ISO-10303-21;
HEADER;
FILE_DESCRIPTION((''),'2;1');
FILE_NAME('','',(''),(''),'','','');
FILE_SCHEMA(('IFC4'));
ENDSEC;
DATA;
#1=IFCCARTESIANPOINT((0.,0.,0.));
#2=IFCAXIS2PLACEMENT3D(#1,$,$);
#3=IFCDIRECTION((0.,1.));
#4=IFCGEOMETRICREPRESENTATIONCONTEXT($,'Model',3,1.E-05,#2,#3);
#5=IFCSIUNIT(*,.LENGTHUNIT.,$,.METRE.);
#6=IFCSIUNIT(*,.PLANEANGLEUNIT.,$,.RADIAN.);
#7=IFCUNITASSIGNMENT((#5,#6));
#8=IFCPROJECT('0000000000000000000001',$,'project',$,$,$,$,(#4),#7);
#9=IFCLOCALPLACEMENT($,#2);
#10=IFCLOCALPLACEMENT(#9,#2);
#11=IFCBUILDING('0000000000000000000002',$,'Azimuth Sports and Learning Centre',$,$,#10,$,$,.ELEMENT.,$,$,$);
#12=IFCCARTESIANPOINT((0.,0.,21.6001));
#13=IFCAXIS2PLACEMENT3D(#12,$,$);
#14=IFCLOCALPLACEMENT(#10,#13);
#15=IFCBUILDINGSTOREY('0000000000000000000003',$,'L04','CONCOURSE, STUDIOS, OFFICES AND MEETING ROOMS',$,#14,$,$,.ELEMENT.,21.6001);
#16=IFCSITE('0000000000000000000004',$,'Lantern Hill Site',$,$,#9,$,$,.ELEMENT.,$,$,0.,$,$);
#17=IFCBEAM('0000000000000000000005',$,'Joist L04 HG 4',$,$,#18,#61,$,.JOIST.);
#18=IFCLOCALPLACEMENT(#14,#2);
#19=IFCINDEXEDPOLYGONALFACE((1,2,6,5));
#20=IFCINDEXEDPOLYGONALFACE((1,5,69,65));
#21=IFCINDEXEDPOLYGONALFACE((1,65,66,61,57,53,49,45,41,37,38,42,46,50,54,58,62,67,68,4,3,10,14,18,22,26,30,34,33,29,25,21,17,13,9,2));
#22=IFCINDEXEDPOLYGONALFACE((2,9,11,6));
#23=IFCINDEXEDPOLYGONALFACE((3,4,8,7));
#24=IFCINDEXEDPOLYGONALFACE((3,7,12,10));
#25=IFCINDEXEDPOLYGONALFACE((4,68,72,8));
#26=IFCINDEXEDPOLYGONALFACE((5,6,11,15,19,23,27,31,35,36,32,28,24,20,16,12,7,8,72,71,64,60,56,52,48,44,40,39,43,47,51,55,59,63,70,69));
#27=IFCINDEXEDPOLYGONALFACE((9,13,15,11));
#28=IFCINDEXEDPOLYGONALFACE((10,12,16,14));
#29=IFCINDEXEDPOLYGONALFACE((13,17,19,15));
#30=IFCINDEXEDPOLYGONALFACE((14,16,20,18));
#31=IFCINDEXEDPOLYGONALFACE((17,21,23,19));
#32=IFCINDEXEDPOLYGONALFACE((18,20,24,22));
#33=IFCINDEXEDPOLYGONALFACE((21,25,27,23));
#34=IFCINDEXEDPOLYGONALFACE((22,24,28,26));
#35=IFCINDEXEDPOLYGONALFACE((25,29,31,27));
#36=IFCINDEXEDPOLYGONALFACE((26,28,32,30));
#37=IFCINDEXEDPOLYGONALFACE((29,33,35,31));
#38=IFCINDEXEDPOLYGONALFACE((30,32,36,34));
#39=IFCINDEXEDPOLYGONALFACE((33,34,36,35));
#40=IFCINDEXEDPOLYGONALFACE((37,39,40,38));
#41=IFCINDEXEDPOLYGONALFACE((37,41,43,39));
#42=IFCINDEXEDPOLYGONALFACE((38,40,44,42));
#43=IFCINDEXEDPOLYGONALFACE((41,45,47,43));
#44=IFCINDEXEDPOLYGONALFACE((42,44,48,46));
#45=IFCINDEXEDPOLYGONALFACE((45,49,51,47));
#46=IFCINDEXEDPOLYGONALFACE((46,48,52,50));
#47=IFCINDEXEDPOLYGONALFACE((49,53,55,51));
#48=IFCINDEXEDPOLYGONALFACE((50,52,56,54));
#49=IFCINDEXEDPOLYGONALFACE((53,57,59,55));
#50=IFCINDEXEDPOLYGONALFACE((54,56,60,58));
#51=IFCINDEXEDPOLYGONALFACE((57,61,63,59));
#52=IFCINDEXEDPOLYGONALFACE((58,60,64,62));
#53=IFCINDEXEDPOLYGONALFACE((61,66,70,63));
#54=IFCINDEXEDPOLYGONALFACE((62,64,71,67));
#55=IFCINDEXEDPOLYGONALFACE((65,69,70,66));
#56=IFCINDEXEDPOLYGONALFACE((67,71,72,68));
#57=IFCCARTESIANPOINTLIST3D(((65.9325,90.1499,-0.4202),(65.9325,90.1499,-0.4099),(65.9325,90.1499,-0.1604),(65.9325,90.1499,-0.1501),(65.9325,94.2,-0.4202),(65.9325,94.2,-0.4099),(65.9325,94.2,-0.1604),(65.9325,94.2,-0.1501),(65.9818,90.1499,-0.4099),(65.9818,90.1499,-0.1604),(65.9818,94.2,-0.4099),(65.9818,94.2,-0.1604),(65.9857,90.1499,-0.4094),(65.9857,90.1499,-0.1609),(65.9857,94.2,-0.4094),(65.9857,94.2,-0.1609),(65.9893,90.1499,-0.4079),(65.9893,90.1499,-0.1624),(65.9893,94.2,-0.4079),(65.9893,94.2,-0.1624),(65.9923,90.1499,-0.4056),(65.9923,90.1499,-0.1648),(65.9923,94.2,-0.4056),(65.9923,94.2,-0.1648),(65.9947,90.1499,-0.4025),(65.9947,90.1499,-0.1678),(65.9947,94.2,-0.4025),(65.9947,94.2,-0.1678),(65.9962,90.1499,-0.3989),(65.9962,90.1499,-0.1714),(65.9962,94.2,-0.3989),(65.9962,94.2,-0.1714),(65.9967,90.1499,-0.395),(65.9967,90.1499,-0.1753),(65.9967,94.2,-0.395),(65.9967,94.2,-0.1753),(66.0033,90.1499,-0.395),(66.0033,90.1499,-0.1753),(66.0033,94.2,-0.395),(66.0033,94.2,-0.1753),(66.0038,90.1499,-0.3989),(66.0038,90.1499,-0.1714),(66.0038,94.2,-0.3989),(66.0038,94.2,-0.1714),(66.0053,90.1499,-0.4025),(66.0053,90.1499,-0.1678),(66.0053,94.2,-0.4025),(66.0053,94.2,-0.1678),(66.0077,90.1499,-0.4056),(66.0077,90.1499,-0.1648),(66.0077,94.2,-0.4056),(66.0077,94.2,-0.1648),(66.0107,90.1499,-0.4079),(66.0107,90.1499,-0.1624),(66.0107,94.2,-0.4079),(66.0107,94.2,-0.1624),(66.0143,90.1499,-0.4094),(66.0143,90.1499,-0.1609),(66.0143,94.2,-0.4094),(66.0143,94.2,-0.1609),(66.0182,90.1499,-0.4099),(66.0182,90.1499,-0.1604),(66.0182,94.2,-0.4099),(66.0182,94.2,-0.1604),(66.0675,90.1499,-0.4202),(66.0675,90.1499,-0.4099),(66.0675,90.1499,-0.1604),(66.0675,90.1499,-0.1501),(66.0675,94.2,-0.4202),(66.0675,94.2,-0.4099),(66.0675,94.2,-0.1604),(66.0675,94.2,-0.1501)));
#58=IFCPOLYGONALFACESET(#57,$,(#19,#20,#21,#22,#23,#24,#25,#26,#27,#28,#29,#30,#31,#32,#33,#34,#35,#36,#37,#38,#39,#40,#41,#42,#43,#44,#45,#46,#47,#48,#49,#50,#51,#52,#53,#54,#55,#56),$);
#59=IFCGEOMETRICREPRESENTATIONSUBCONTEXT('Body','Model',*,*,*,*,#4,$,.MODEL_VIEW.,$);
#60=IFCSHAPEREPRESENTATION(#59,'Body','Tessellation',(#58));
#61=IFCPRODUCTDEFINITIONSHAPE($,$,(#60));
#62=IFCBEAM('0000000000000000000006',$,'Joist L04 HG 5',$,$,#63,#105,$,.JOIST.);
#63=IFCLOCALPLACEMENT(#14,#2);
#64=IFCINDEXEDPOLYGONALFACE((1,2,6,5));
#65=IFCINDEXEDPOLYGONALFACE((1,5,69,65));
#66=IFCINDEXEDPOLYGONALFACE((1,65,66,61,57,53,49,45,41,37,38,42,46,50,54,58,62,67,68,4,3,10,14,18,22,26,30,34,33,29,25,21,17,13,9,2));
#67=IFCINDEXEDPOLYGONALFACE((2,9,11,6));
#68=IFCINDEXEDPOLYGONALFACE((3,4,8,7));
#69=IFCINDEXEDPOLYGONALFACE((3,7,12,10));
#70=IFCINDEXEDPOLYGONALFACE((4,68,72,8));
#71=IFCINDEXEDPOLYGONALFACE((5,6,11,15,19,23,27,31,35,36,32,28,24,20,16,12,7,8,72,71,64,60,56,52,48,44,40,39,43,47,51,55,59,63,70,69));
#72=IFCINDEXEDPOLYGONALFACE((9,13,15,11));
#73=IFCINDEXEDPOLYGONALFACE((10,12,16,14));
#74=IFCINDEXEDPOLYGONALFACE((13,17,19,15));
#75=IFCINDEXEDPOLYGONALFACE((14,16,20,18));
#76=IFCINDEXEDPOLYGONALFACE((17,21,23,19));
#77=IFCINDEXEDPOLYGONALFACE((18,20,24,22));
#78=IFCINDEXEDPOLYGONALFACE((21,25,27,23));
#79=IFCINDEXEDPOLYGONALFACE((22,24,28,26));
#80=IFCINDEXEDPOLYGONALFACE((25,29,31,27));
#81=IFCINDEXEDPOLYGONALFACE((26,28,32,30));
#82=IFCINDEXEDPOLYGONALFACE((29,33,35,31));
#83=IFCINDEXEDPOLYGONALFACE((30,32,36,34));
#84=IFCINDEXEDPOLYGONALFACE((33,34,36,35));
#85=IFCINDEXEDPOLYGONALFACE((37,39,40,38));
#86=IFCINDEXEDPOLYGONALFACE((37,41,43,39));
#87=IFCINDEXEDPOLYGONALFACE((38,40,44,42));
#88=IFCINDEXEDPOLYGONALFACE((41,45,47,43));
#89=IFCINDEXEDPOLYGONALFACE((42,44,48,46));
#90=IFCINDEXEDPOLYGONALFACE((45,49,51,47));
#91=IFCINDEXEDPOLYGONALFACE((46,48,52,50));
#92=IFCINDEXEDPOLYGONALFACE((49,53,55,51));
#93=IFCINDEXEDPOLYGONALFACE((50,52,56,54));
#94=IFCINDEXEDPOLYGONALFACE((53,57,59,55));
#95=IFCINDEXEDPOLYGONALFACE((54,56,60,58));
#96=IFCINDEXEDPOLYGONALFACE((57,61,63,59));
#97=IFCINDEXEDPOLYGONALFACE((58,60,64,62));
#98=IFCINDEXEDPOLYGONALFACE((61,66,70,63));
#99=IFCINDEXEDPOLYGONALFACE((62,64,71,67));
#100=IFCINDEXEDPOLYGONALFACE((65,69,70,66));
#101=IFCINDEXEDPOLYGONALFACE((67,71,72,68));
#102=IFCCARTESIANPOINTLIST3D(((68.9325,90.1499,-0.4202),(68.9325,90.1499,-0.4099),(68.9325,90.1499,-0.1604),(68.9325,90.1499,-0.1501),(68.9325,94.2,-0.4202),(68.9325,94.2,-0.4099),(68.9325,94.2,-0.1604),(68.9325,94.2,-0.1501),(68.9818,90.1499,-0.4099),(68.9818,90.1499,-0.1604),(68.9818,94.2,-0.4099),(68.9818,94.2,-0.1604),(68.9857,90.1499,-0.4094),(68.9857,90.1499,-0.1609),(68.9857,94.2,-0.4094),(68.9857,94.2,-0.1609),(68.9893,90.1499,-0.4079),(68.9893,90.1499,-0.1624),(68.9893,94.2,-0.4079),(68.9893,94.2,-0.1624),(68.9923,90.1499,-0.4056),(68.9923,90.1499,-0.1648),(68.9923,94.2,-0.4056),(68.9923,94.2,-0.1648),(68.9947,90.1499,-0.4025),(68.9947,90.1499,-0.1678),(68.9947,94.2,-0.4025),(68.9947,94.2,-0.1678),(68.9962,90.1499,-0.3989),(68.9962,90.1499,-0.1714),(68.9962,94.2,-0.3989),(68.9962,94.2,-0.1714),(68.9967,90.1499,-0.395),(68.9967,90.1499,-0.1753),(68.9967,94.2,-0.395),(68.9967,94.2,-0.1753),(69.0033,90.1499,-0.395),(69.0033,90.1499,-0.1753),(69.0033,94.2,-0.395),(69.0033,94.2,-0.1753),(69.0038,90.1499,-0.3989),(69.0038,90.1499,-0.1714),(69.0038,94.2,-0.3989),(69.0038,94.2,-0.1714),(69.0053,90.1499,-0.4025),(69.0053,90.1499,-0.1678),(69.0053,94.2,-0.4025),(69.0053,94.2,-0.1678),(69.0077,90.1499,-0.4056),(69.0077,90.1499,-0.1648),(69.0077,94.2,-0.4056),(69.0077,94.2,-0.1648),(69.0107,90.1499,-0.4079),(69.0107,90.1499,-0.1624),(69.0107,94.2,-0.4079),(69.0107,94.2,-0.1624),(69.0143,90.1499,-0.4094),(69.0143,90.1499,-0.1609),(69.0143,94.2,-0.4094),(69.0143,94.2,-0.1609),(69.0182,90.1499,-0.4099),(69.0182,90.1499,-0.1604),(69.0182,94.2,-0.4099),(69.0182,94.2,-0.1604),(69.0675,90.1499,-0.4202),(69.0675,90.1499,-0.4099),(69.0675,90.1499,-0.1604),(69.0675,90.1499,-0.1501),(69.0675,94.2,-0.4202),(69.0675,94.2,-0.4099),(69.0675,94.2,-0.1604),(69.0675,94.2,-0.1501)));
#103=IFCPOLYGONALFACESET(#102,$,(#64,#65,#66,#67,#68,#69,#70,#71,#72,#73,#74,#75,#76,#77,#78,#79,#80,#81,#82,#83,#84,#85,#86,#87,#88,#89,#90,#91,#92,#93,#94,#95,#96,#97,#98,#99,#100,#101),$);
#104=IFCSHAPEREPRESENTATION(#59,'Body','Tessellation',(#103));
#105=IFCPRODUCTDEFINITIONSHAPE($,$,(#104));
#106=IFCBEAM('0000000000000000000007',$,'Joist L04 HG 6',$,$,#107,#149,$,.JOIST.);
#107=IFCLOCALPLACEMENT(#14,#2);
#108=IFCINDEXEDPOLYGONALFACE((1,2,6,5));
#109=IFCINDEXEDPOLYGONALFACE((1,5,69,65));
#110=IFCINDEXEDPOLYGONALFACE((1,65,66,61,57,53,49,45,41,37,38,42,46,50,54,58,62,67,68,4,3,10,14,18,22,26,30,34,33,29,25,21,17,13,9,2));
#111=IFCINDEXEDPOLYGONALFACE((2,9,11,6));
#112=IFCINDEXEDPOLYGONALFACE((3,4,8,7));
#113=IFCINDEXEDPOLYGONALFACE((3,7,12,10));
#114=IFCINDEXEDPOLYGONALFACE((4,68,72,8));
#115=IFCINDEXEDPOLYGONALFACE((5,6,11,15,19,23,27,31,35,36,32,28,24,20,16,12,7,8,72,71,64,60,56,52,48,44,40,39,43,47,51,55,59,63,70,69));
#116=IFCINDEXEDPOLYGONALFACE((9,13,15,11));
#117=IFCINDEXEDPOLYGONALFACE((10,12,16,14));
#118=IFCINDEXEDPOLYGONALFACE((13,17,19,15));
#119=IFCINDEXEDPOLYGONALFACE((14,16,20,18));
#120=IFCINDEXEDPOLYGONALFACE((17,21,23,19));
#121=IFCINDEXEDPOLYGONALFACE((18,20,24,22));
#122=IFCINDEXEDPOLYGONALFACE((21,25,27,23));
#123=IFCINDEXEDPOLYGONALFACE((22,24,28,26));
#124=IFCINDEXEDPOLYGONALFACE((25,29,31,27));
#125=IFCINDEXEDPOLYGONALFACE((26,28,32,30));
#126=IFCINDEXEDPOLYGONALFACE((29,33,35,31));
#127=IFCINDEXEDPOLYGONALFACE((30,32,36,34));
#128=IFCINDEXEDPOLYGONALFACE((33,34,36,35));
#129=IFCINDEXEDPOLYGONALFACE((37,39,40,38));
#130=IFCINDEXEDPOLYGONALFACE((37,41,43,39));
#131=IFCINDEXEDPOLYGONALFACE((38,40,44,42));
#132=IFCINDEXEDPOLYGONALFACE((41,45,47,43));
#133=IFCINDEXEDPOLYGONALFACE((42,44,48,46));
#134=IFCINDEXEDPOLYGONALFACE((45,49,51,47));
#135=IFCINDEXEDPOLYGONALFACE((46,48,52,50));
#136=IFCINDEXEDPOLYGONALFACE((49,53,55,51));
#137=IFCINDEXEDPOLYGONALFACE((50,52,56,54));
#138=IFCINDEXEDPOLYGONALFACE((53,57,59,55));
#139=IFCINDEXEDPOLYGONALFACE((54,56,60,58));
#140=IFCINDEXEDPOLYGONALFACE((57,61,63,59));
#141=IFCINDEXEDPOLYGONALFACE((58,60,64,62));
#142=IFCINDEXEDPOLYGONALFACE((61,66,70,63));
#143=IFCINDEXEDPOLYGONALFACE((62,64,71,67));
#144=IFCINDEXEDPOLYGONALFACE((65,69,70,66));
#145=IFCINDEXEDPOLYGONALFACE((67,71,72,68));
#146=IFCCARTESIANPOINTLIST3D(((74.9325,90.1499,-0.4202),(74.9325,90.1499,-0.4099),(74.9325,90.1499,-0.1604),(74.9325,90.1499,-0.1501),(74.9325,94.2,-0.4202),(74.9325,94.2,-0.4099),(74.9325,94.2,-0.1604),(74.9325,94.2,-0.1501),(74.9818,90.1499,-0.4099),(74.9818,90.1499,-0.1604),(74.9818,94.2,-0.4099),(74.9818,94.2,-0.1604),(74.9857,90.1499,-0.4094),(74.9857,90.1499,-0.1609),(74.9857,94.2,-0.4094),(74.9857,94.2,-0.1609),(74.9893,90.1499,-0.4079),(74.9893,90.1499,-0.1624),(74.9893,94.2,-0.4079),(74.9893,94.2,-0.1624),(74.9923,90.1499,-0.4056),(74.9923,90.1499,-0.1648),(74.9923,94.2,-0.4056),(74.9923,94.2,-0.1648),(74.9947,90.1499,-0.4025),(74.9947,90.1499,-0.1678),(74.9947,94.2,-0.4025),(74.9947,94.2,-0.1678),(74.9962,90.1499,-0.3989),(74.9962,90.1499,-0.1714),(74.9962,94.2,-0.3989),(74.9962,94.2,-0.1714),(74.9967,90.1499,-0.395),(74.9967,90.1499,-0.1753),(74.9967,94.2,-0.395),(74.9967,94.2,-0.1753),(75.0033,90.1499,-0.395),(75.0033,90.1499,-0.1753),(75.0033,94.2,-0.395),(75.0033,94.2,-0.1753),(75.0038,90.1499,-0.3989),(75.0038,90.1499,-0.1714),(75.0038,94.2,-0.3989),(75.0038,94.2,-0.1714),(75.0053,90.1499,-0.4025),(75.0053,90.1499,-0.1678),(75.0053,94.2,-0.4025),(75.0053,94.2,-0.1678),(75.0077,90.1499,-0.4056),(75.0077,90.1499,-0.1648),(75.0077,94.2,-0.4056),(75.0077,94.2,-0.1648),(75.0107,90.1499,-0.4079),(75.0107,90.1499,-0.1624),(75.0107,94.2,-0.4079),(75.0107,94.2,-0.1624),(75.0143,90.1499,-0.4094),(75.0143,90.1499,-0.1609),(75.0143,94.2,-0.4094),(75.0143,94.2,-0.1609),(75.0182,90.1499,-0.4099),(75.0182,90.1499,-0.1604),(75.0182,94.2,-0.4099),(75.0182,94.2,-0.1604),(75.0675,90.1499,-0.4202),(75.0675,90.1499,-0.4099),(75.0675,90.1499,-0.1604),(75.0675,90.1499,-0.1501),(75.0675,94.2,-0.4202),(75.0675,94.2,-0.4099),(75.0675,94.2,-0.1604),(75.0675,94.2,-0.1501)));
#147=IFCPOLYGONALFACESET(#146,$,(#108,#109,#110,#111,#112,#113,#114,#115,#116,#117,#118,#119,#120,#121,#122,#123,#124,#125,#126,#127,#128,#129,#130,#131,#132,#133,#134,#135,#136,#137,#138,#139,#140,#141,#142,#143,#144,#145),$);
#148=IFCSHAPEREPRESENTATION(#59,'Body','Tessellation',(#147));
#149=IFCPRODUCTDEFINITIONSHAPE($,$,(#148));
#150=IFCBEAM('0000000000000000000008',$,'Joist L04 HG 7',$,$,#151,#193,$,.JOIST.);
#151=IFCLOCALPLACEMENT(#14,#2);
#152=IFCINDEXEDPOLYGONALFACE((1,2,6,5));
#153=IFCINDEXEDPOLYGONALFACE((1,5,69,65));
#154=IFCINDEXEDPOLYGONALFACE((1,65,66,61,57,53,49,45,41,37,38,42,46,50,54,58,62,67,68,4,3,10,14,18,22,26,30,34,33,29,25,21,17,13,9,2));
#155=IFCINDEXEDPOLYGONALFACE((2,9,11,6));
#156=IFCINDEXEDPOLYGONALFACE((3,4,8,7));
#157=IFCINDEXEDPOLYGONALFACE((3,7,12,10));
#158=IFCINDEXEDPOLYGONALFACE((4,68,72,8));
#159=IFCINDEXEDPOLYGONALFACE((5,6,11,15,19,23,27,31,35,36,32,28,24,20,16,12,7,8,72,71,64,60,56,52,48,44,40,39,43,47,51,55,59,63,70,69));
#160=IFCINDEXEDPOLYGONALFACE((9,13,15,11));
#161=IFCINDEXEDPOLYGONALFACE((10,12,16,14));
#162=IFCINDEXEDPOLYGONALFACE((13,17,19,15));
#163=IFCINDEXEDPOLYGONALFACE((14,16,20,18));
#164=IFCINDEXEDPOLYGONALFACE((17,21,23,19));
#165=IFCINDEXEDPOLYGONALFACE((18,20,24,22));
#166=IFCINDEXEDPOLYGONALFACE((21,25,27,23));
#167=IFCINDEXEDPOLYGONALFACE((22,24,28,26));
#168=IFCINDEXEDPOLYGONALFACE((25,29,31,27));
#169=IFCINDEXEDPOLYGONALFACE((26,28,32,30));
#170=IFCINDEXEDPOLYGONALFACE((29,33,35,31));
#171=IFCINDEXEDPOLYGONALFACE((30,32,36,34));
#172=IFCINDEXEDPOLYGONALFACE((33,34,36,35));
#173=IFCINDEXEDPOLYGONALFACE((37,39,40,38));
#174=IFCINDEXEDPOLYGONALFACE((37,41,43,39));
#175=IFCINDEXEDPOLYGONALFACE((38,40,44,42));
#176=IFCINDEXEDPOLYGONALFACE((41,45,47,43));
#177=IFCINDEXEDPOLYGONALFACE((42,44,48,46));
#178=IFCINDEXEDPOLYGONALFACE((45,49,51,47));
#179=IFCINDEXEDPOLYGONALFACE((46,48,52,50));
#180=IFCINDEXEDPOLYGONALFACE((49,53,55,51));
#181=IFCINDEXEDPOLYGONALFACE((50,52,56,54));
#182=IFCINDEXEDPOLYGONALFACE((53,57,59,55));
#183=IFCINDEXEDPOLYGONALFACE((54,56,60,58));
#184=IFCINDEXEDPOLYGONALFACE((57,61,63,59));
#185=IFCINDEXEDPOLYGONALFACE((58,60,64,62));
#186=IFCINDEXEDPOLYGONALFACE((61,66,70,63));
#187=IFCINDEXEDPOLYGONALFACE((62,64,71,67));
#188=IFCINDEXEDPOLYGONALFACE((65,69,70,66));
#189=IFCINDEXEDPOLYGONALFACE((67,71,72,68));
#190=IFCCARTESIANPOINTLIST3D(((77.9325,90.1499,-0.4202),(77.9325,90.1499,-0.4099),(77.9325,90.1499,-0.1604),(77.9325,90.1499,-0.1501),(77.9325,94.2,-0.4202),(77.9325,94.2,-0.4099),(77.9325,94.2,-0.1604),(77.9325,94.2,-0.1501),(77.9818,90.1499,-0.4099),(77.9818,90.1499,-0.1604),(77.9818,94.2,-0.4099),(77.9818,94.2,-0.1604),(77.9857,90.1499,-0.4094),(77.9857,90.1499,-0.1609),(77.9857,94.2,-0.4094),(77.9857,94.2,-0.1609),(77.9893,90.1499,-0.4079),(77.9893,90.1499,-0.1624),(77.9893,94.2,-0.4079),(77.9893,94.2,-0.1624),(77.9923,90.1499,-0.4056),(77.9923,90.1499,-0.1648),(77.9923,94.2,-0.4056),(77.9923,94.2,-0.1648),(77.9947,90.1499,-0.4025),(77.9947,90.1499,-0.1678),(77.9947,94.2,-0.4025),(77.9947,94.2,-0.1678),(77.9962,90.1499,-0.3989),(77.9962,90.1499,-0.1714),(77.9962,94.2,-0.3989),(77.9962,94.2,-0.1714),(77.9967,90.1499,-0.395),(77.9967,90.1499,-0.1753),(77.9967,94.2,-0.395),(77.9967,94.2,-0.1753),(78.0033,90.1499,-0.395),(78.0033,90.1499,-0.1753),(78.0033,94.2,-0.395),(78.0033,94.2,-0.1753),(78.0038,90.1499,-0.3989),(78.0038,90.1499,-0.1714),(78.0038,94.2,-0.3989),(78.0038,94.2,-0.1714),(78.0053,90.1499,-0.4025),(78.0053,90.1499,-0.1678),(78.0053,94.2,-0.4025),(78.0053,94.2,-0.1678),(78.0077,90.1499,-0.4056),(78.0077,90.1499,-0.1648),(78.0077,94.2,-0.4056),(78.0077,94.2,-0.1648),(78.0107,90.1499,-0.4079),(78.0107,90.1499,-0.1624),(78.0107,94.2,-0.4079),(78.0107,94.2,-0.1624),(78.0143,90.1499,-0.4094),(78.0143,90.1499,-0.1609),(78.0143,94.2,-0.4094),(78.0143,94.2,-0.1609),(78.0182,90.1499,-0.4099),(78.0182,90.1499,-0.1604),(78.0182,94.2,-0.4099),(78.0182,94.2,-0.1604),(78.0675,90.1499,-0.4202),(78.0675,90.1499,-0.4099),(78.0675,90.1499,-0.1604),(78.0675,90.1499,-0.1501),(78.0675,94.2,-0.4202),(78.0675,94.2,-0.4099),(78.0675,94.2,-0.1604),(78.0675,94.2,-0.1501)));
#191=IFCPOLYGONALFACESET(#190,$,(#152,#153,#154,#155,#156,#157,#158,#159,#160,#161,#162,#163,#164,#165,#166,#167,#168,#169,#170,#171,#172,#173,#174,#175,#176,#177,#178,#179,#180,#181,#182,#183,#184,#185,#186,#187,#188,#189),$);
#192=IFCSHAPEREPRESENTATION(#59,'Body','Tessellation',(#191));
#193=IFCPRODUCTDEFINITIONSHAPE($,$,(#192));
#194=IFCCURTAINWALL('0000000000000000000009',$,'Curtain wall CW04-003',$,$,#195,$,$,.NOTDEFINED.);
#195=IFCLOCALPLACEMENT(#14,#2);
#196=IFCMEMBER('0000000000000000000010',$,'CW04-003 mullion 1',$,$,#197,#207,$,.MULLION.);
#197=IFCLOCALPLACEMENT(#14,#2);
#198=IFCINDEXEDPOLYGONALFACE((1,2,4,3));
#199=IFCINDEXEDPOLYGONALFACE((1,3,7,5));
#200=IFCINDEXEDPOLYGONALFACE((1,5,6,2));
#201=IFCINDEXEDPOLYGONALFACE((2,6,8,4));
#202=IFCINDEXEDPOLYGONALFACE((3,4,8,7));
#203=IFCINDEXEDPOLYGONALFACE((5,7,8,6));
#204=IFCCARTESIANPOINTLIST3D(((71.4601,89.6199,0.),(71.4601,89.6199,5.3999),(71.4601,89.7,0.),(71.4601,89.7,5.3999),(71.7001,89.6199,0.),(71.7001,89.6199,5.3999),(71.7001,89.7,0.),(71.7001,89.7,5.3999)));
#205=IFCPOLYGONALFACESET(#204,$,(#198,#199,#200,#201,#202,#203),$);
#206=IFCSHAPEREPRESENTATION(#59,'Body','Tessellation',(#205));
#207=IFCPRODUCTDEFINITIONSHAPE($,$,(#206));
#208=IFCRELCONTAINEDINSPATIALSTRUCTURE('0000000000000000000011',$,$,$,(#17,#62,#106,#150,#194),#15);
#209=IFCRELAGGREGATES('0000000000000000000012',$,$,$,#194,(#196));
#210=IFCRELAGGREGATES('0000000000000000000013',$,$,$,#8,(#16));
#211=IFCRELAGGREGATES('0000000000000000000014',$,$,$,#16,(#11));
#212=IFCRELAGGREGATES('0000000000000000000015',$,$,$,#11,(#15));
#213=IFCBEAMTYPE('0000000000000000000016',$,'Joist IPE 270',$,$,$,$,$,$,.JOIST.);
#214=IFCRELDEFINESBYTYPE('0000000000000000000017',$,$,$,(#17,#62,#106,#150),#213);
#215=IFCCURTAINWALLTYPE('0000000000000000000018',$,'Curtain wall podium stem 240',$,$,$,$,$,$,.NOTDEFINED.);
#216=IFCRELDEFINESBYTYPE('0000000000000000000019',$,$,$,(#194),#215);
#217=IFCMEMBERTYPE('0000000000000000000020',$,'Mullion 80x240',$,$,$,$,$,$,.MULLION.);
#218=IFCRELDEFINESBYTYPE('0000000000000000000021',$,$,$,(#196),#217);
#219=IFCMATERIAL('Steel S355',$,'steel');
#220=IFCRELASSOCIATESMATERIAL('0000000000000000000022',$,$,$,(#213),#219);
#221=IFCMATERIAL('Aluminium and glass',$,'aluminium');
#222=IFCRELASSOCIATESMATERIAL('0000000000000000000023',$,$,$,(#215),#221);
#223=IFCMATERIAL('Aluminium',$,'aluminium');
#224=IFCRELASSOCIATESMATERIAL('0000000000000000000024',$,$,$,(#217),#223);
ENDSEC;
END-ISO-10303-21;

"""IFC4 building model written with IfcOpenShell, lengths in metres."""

from ifc_helpers import new_model, si_unit, direction, frame, origin, origin_2d, place, context, subcontext, project, spatial, rectangle, i_section, extrude, material, material_profile, profile_set, type_object, element, aggregate, save


model = new_model("IFC4")

# Units and contexts
model_context = context("Model", 3, precision=1e-05, world=origin(), true_north=direction((0.0, 1.0)))
body_context = subcontext(model_context, "Body", "Model", "MODEL_VIEW")
ifc_project = project(units=[si_unit("LENGTHUNIT", "METRE"), si_unit("PLANEANGLEUNIT", "RADIAN")], contexts=[model_context])

# Site, building, storey
site_placement = place(None, origin())
site = spatial("IfcSite", under=ifc_project, at=site_placement, Name="Lantern Hill Site", CompositionType="ELEMENT", RefElevation=0.0)
building_placement = place(site_placement, origin())
building = spatial("IfcBuilding", under=site, at=building_placement, Name="Azimuth Sports and Learning Centre", CompositionType="ELEMENT")
storey_placement = place(building_placement, frame((0.0, 0.0, 21.6001)))
storey = spatial("IfcBuildingStorey", under=building, at=storey_placement, Name="L04", Description="CONCOURSE, STUDIOS, OFFICES AND MEETING ROOMS", CompositionType="ELEMENT", Elevation=21.6001)

# Beams
ifc_material_1 = material(Name="Steel S355", Category="steel")
ifc_material_profile_1 = material_profile(ifc_material_1, i_section(OverallWidth=0.135, OverallDepth=0.27, WebThickness=0.0066, FlangeThickness=0.0103, FilletRadius=0.0149, at=origin_2d()), Name="IPE 270")
ifc_profile_set_1 = profile_set([ifc_material_profile_1], Name="Steel S355")
beam_type_1 = type_object("IfcBeamType", Name="Joist IPE 270", PredefinedType="JOIST", material=ifc_profile_set_1)
for number, where, z_axis, x_axis, name in (
    (1, (66.0, 90.1499, -0.2852), (0.0, 1.0, 0.0), (-1.0, 0.0, 0.0), "Joist L04 HG 4"),
    (2, (69.0, 90.1499, -0.2852), (0.0, 1.0, 0.0), (-1.0, 0.0, 0.0), "Joist L04 HG 5"),
    (3, (75.0, 90.1499, -0.2852), (0.0, 1.0, 0.0), (-1.0, 0.0, 0.0), "Joist L04 HG 6"),
    (4, (78.0, 90.1499, -0.2852), (0.0, 1.0, 0.0), (-1.0, 0.0, 0.0), "Joist L04 HG 7"),
):
    element("IfcBeam", number, at=place(storey_placement, frame(where, z_axis=z_axis, x_axis=x_axis)), inside=storey, type_object=beam_type_1, Name=name, PredefinedType="JOIST", context=body_context, shape_type="SweptSolid", body=[
        extrude(i_section(OverallWidth=0.135, OverallDepth=0.27, WebThickness=0.0066, FlangeThickness=0.0103, FilletRadius=0.0149, at=origin_2d()), origin(), (0.0, 0.0, 1.0), 4.05),
    ])

# Curtain wall, member
ifc_material_2 = material(Name="Aluminium and glass", Category="aluminium")
curtain_wall_type = type_object("IfcCurtainWallType", Name="Curtain wall podium stem 240", PredefinedType="NOTDEFINED", material=ifc_material_2)
curtain_wall_placement = place(storey_placement, origin())
curtain_wall = element("IfcCurtainWall", 5, at=curtain_wall_placement, inside=storey, type_object=curtain_wall_type, Name="Curtain wall CW04-003", PredefinedType="NOTDEFINED")
ifc_material_3 = material(Name="Aluminium", Category="aluminium")
ifc_material_profile_2 = material_profile(ifc_material_3, rectangle(XDim=0.24, YDim=0.0801, at=origin_2d()), Name="Mullion 80x240")
ifc_profile_set_2 = profile_set([ifc_material_profile_2], Name="Aluminium")
member_type_1 = type_object("IfcMemberType", Name="Mullion 80x240", PredefinedType="MULLION", material=ifc_profile_set_2)
member_1_placement = place(storey_placement, frame((71.5801, 89.6599, 0.0), z_axis=(0.0, 0.0, 1.0), x_axis=(1.0, 0.0, 0.0)))
member_1 = element("IfcMember", 6, at=member_1_placement, type_object=member_type_1, Name="CW04-003 mullion 1", PredefinedType="MULLION", context=body_context, shape_type="SweptSolid", body=[
    extrude(rectangle(XDim=0.24, YDim=0.0801, at=origin_2d()), origin(), (0.0, 0.0, 1.0), 5.3999),
])
aggregate(curtain_wall, [member_1])

save(model, "model.ifc")
